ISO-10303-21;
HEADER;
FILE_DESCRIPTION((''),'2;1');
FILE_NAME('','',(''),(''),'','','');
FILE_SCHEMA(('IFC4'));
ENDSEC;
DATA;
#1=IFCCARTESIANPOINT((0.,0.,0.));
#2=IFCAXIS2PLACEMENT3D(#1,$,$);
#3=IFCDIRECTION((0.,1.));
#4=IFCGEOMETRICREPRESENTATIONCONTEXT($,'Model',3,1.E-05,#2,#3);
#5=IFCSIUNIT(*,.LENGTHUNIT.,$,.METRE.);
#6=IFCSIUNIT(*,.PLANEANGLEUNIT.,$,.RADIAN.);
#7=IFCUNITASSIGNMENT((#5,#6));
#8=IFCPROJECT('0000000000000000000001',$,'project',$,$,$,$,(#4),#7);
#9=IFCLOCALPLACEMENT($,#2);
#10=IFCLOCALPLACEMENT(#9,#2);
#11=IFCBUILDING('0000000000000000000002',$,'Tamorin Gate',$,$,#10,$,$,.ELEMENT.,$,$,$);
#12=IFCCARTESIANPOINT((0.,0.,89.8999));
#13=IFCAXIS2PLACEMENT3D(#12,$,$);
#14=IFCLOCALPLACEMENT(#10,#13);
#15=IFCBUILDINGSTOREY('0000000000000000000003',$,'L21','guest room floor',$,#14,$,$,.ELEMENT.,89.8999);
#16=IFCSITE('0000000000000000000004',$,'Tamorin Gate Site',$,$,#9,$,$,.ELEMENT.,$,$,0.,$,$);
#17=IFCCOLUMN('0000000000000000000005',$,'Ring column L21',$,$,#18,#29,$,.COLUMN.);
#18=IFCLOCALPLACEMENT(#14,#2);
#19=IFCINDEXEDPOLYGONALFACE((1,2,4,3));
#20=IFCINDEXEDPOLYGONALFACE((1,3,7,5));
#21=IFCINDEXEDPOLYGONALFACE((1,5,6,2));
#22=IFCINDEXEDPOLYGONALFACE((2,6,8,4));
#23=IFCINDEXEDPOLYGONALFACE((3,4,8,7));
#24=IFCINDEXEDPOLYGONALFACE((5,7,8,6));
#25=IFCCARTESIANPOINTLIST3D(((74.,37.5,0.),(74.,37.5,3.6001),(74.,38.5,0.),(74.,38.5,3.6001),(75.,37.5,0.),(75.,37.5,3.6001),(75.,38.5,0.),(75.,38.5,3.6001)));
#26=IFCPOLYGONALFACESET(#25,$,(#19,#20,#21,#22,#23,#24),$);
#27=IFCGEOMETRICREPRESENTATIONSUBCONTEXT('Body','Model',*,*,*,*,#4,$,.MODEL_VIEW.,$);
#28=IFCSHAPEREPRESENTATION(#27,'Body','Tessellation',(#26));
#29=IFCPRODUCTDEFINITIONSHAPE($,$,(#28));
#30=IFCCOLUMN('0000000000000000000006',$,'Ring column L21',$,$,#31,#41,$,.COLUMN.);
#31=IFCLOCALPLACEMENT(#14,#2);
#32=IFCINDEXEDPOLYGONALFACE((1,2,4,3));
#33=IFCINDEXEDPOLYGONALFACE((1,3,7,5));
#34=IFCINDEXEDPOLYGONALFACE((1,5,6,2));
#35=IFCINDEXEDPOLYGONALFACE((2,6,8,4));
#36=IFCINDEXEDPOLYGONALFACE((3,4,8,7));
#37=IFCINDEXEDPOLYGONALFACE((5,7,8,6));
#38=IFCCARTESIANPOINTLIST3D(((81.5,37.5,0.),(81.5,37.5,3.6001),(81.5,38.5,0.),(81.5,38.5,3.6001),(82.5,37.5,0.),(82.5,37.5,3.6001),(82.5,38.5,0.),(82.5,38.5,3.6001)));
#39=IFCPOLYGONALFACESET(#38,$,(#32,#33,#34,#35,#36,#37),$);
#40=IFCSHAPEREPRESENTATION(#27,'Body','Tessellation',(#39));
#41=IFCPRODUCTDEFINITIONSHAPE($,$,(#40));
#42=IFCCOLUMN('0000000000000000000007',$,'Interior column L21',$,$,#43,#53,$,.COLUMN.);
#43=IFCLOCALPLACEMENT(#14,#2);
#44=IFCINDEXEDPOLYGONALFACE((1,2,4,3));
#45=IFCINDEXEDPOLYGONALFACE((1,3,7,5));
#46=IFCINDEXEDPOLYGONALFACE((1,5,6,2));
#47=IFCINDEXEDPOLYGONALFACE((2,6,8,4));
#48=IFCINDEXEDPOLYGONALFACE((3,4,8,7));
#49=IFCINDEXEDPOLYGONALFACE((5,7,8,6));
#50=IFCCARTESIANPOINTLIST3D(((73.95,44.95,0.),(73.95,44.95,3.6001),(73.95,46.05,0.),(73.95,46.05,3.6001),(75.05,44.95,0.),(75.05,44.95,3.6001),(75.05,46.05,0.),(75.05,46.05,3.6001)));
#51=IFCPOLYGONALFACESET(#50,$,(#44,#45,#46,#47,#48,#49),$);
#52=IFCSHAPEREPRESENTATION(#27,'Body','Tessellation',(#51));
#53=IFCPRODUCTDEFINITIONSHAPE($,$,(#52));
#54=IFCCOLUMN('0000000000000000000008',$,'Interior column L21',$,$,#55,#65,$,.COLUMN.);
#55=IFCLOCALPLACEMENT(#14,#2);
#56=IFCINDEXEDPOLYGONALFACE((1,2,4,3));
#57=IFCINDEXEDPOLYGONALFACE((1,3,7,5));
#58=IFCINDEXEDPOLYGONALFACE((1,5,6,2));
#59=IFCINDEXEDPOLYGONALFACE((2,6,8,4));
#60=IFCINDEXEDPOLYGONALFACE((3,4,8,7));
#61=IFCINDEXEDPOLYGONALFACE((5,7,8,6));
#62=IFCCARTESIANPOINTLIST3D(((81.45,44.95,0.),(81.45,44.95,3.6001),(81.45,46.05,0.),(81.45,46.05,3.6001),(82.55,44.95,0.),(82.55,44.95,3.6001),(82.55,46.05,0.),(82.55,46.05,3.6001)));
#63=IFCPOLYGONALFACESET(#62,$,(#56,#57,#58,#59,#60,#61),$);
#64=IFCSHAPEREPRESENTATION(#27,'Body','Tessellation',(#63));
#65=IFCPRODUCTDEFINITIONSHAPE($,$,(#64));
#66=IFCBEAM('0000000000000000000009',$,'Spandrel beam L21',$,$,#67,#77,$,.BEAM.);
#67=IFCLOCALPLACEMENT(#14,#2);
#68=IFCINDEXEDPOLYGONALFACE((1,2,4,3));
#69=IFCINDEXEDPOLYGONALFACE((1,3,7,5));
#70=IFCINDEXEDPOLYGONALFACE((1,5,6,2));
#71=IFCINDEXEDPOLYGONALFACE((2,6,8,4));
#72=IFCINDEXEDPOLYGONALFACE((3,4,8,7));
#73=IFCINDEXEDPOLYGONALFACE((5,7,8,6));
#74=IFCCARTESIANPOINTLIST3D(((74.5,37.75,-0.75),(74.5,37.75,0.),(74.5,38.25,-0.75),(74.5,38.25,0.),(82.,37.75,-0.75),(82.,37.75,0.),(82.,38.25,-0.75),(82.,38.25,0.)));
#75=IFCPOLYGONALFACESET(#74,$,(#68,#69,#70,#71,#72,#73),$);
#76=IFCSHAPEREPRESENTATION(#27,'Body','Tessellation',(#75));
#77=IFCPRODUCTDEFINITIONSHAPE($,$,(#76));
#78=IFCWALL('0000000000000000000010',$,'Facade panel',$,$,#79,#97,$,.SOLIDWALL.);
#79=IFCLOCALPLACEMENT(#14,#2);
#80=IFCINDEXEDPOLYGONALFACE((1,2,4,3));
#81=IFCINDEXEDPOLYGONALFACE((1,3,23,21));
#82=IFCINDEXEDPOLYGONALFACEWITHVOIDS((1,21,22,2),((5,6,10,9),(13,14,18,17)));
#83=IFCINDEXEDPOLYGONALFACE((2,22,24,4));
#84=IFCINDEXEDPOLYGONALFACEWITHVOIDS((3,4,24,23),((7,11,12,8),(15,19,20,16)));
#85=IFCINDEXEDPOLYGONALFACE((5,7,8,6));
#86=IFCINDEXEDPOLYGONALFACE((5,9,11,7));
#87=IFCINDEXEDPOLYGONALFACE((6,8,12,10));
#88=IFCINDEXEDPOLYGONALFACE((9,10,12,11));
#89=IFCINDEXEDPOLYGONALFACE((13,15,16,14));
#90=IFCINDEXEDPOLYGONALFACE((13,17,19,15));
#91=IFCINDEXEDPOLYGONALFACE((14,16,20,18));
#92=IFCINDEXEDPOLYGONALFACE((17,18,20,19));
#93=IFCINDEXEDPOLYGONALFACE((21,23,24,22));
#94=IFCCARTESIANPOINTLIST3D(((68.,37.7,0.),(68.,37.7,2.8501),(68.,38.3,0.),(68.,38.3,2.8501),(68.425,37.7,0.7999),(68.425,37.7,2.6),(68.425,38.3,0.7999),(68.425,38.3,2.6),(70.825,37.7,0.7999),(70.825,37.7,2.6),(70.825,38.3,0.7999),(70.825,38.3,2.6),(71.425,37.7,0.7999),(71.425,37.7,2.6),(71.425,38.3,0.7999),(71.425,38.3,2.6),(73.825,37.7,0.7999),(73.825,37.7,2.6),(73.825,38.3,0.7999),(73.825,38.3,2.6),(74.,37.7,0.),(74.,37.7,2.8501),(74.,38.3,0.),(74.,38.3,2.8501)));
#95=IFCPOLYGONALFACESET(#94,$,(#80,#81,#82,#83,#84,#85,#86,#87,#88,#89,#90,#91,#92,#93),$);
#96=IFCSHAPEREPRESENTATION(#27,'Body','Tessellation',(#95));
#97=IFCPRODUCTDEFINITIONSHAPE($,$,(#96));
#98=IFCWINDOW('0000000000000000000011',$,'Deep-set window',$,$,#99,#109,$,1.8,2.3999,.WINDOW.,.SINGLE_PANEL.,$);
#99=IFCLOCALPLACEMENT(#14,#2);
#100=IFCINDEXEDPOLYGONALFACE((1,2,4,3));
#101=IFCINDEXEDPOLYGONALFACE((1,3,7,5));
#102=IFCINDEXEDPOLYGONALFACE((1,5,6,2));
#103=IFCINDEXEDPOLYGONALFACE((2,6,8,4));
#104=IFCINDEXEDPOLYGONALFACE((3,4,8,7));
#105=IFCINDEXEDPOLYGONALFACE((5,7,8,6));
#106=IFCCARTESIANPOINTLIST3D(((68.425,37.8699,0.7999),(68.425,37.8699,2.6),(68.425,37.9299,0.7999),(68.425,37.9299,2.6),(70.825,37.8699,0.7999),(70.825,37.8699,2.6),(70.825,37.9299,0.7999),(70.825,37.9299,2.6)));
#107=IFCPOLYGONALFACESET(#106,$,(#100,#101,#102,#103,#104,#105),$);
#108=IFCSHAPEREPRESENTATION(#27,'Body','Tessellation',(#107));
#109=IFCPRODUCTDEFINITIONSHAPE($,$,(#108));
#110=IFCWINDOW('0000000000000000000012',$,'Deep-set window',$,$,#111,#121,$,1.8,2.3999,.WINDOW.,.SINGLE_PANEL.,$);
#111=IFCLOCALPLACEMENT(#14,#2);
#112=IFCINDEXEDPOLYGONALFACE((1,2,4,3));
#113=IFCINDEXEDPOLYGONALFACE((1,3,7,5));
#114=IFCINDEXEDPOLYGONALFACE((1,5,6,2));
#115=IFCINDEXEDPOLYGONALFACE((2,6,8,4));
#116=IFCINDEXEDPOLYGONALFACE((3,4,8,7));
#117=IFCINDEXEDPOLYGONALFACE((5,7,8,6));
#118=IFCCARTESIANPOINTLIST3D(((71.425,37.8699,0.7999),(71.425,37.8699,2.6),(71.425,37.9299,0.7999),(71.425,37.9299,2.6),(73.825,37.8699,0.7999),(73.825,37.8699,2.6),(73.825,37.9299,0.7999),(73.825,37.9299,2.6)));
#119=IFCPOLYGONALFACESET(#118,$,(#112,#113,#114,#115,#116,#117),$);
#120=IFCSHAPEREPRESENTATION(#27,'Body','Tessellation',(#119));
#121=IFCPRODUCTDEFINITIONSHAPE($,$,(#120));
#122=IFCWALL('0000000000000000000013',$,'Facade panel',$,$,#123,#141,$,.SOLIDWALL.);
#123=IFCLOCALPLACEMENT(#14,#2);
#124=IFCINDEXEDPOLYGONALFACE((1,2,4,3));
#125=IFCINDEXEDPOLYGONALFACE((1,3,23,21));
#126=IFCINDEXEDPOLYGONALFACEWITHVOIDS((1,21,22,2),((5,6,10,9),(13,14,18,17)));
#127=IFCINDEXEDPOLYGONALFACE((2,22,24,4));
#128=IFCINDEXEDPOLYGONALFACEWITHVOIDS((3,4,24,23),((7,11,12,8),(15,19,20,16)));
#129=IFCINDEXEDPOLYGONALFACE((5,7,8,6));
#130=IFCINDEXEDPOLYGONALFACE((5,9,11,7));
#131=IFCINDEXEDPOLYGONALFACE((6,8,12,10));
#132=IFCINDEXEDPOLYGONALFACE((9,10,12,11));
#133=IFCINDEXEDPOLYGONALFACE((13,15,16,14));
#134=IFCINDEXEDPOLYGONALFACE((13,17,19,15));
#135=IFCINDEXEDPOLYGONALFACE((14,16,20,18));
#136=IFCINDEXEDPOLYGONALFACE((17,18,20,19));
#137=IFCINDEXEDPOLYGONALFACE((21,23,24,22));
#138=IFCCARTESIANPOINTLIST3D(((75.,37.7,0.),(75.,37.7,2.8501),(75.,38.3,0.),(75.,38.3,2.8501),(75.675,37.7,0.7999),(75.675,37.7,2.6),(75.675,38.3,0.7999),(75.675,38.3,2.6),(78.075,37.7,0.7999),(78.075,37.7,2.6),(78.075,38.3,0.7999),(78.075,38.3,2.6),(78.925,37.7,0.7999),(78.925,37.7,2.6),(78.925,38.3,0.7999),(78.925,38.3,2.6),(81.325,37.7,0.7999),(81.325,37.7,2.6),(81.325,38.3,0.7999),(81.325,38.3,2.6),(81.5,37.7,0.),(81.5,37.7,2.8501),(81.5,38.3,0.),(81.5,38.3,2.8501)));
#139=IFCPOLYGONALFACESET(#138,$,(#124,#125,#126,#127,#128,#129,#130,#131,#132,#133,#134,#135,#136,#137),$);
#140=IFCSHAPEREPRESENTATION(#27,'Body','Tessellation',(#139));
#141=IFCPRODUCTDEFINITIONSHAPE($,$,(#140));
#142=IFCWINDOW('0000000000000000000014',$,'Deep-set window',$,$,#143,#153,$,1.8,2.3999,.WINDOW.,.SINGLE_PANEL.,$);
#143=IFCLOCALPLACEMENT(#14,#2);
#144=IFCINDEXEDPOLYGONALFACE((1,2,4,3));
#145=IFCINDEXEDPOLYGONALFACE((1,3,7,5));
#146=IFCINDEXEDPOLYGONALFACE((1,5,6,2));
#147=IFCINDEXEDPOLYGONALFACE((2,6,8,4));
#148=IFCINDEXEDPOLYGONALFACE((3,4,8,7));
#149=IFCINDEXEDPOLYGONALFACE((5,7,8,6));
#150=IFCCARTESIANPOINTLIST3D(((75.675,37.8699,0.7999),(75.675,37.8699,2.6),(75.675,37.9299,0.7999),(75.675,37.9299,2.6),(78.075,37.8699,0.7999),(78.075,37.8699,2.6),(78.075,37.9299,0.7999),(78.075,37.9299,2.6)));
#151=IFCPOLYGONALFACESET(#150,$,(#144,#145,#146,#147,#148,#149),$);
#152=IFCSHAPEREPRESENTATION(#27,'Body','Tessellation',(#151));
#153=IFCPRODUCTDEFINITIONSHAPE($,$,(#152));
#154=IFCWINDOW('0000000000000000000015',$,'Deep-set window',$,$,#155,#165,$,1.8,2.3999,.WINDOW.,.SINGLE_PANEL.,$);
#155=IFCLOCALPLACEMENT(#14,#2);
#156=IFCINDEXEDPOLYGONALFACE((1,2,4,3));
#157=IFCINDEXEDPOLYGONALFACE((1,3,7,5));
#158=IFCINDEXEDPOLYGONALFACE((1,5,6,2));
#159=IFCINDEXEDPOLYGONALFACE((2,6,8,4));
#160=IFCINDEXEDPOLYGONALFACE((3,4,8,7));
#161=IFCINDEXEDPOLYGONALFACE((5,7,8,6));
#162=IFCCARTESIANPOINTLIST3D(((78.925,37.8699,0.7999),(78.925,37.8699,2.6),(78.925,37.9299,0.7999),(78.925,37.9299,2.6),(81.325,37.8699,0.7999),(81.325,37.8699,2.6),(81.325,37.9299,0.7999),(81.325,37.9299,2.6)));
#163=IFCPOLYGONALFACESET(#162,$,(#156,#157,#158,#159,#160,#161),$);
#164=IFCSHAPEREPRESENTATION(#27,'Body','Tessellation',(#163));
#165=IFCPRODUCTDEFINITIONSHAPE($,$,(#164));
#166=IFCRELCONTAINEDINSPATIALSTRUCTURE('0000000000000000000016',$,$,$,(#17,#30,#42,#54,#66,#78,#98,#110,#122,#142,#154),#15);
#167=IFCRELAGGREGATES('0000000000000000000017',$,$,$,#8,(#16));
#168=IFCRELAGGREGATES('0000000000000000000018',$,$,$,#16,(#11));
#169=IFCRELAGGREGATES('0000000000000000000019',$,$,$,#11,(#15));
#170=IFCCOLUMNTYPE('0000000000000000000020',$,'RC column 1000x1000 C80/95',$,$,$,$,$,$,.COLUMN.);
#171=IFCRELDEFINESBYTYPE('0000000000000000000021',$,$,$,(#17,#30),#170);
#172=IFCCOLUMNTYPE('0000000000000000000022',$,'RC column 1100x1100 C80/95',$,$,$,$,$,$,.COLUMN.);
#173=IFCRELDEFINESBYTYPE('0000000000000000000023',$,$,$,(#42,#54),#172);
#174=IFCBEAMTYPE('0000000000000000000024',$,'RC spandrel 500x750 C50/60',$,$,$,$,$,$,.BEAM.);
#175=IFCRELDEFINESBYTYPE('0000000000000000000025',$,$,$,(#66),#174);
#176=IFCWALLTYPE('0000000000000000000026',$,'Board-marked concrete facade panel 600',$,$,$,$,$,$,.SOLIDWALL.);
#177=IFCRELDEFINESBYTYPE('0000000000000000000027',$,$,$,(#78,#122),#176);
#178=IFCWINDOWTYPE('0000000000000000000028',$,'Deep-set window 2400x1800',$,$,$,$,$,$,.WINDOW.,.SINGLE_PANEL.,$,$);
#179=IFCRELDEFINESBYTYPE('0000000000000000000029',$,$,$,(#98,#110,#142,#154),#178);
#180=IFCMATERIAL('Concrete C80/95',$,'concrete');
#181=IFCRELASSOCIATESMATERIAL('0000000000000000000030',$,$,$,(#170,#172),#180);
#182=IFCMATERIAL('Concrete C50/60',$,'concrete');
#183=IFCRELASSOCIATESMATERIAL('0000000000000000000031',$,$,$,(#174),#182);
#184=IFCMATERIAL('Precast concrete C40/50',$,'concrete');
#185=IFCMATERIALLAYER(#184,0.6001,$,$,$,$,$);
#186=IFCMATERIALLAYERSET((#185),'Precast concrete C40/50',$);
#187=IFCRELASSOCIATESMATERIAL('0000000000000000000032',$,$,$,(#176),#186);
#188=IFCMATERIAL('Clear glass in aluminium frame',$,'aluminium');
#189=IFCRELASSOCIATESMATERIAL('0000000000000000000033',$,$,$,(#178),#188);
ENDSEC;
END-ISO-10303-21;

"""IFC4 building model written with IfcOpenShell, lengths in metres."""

from ifc_helpers import new_model, si_unit, direction, frame, frame_2d, origin, origin_2d, place, context, subcontext, project, spatial, rectangle, extrude, material, layer, layer_set, material_profile, profile_set, type_object, element, fill, save


model = new_model("IFC4")

# Units and contexts
model_context = context("Model", 3, precision=1e-05, world=origin(), true_north=direction((0.0, 1.0)))
body_context = subcontext(model_context, "Body", "Model", "MODEL_VIEW")
ifc_project = project(units=[si_unit("LENGTHUNIT", "METRE"), si_unit("PLANEANGLEUNIT", "RADIAN")], contexts=[model_context])

# Site, building, storey
site_placement = place(None, origin())
site = spatial("IfcSite", under=ifc_project, at=site_placement, Name="Tamorin Gate Site", CompositionType="ELEMENT", RefElevation=0.0)
building_placement = place(site_placement, origin())
building = spatial("IfcBuilding", under=site, at=building_placement, Name="Tamorin Gate", CompositionType="ELEMENT")
storey_placement = place(building_placement, frame((0.0, 0.0, 89.8999)))
storey = spatial("IfcBuildingStorey", under=building, at=storey_placement, Name="L21", Description="guest room floor", CompositionType="ELEMENT", Elevation=89.8999)

# Columns
ifc_material_1 = material(Name="Concrete C80/95", Category="concrete")
ifc_material_profile_1 = material_profile(ifc_material_1, rectangle(XDim=1.0, YDim=1.0, at=origin_2d()), Name="RC 1000x1000")
ifc_profile_set_1 = profile_set([ifc_material_profile_1], Name="Concrete C80/95")
column_type_1 = type_object("IfcColumnType", Name="RC column 1000x1000 C80/95", PredefinedType="COLUMN", material=ifc_profile_set_1)
for number, where, z_axis, x_axis, name in (
    (1, (74.5, 38.0, 0.0), (0.0, 0.0, 1.0), (1.0, 0.0, 0.0), "Ring column L21"),
    (2, (82.0, 38.0, 0.0), (0.0, 0.0, 1.0), (1.0, 0.0, 0.0), "Ring column L21"),
):
    element("IfcColumn", number, at=place(storey_placement, frame(where, z_axis=z_axis, x_axis=x_axis)), inside=storey, type_object=column_type_1, Name=name, PredefinedType="COLUMN", context=body_context, shape_type="SweptSolid", body=[
        extrude(rectangle(XDim=1.0, YDim=1.0, at=origin_2d()), origin(), (0.0, 0.0, 1.0), 3.6001),
    ])
ifc_material_profile_2 = material_profile(ifc_material_1, rectangle(XDim=1.1001, YDim=1.1001, at=origin_2d()), Name="RC 1100x1100")
ifc_profile_set_2 = profile_set([ifc_material_profile_2], Name="Concrete C80/95")
column_type_2 = type_object("IfcColumnType", Name="RC column 1100x1100 C80/95", PredefinedType="COLUMN", material=ifc_profile_set_2)
for number, where, z_axis, x_axis, name in (
    (3, (74.5, 45.5, 0.0), (0.0, 0.0, 1.0), (1.0, 0.0, 0.0), "Interior column L21"),
    (4, (82.0, 45.5, 0.0), (0.0, 0.0, 1.0), (1.0, 0.0, 0.0), "Interior column L21"),
):
    element("IfcColumn", number, at=place(storey_placement, frame(where, z_axis=z_axis, x_axis=x_axis)), inside=storey, type_object=column_type_2, Name=name, PredefinedType="COLUMN", context=body_context, shape_type="SweptSolid", body=[
        extrude(rectangle(XDim=1.1001, YDim=1.1001, at=origin_2d()), origin(), (0.0, 0.0, 1.0), 3.6001),
    ])

# Beam
ifc_material_2 = material(Name="Concrete C50/60", Category="concrete")
ifc_material_profile_3 = material_profile(ifc_material_2, rectangle(XDim=0.5, YDim=0.75, at=origin_2d()), Name="RC 500x750")
ifc_profile_set_3 = profile_set([ifc_material_profile_3], Name="Concrete C50/60")
beam_type = type_object("IfcBeamType", Name="RC spandrel 500x750 C50/60", PredefinedType="BEAM", material=ifc_profile_set_3)
beam_placement = place(storey_placement, frame((74.5, 38.0, -0.375), z_axis=(1.0, 0.0, 0.0), x_axis=(0.0, 1.0, 0.0)))
element("IfcBeam", 5, at=beam_placement, inside=storey, type_object=beam_type, Name="Spandrel beam L21", PredefinedType="BEAM", context=body_context, shape_type="SweptSolid", body=[
    extrude(rectangle(XDim=0.5, YDim=0.75, at=origin_2d()), origin(), (0.0, 0.0, 1.0), 7.5),
])

# Walls, openings, windows
ifc_material_3 = material(Name="Precast concrete C40/50", Category="concrete")
ifc_layer_1 = layer(ifc_material_3, 0.6001)
ifc_layer_set_1 = layer_set([ifc_layer_1], Name="Precast concrete C40/50")
wall_type_1 = type_object("IfcWallType", Name="Board-marked concrete facade panel 600", PredefinedType="SOLIDWALL", material=ifc_layer_set_1)
wall_1_placement = place(storey_placement, frame((68.0, 38.0, 0.0), z_axis=(0.0, 0.0, 1.0), x_axis=(1.0, 0.0, 0.0)))
wall_1 = element("IfcWall", 6, at=wall_1_placement, inside=storey, type_object=wall_type_1, Name="Facade panel", PredefinedType="SOLIDWALL", context=body_context, shape_type="SweptSolid", body=[
    extrude(rectangle(XDim=6.0, YDim=0.6001, at=frame_2d((3.0, 0.0))), origin(), (0.0, 0.0, 1.0), 2.8501),
])
opening_1_placement = place(wall_1_placement, frame((0.425, 0.0, 0.8)))
opening_1 = element("IfcOpeningElement", 7, at=opening_1_placement, cuts=wall_1, PredefinedType="OPENING", context=body_context, shape_type="SweptSolid", body=[
    extrude(rectangle(XDim=2.3999, YDim=1.8, at=frame_2d((1.2, 0.8999))), frame((0.0, 0.3101, 0.0), z_axis=(0.0, -1.0, 0.0), x_axis=(1.0, 0.0, 0.0)), (0.0, 0.0, 1.0), 0.6201),
])
opening_2_placement = place(wall_1_placement, frame((3.425, 0.0, 0.8)))
opening_2 = element("IfcOpeningElement", 8, at=opening_2_placement, cuts=wall_1, PredefinedType="OPENING", context=body_context, shape_type="SweptSolid", body=[
    extrude(rectangle(XDim=2.3999, YDim=1.8, at=frame_2d((1.2, 0.8999))), frame((0.0, 0.3101, 0.0), z_axis=(0.0, -1.0, 0.0), x_axis=(1.0, 0.0, 0.0)), (0.0, 0.0, 1.0), 0.6201),
])
ifc_material_4 = material(Name="Clear glass in aluminium frame", Category="aluminium")
window_type = type_object("IfcWindowType", Name="Deep-set window 2400x1800", PartitioningType="SINGLE_PANEL", PredefinedType="WINDOW", material=ifc_material_4)
window_1_placement = place(opening_1_placement, origin())
window_1 = element("IfcWindow", 9, at=window_1_placement, inside=storey, type_object=window_type, Name="Deep-set window", OverallHeight=1.8, OverallWidth=2.3999, PartitioningType="SINGLE_PANEL", PredefinedType="WINDOW", context=body_context, shape_type="SweptSolid", body=[
    extrude(rectangle(XDim=2.3999, YDim=1.8, at=frame_2d((1.2, 0.8999))), frame((0.0, -0.0701, 0.0), z_axis=(0.0, -1.0, 0.0), x_axis=(1.0, 0.0, 0.0)), (0.0, 0.0, 1.0), 0.0601),
])
fill(opening_1, window_1)
window_2_placement = place(opening_2_placement, origin())
window_2 = element("IfcWindow", 10, at=window_2_placement, inside=storey, type_object=window_type, Name="Deep-set window", OverallHeight=1.8, OverallWidth=2.3999, PartitioningType="SINGLE_PANEL", PredefinedType="WINDOW", context=body_context, shape_type="SweptSolid", body=[
    extrude(rectangle(XDim=2.3999, YDim=1.8, at=frame_2d((1.2, 0.8999))), frame((0.0, -0.0701, 0.0), z_axis=(0.0, -1.0, 0.0), x_axis=(1.0, 0.0, 0.0)), (0.0, 0.0, 1.0), 0.0601),
])
fill(opening_2, window_2)
wall_2_placement = place(storey_placement, frame((75.0, 38.0, 0.0), z_axis=(0.0, 0.0, 1.0), x_axis=(1.0, 0.0, 0.0)))
wall_2 = element("IfcWall", 11, at=wall_2_placement, inside=storey, type_object=wall_type_1, Name="Facade panel", PredefinedType="SOLIDWALL", context=body_context, shape_type="SweptSolid", body=[
    extrude(rectangle(XDim=6.5, YDim=0.6001, at=frame_2d((3.25, 0.0))), origin(), (0.0, 0.0, 1.0), 2.8501),
])
opening_3_placement = place(wall_2_placement, frame((0.675, 0.0, 0.8)))
opening_3 = element("IfcOpeningElement", 12, at=opening_3_placement, cuts=wall_2, PredefinedType="OPENING", context=body_context, shape_type="SweptSolid", body=[
    extrude(rectangle(XDim=2.3999, YDim=1.8, at=frame_2d((1.2, 0.8999))), frame((0.0, 0.3101, 0.0), z_axis=(0.0, -1.0, 0.0), x_axis=(1.0, 0.0, 0.0)), (0.0, 0.0, 1.0), 0.6201),
])
opening_4_placement = place(wall_2_placement, frame((3.925, 0.0, 0.8)))
opening_4 = element("IfcOpeningElement", 13, at=opening_4_placement, cuts=wall_2, PredefinedType="OPENING", context=body_context, shape_type="SweptSolid", body=[
    extrude(rectangle(XDim=2.3999, YDim=1.8, at=frame_2d((1.2, 0.8999))), frame((0.0, 0.3101, 0.0), z_axis=(0.0, -1.0, 0.0), x_axis=(1.0, 0.0, 0.0)), (0.0, 0.0, 1.0), 0.6201),
])
window_3_placement = place(opening_3_placement, origin())
window_3 = element("IfcWindow", 14, at=window_3_placement, inside=storey, type_object=window_type, Name="Deep-set window", OverallHeight=1.8, OverallWidth=2.3999, PartitioningType="SINGLE_PANEL", PredefinedType="WINDOW", context=body_context, shape_type="SweptSolid", body=[
    extrude(rectangle(XDim=2.3999, YDim=1.8, at=frame_2d((1.2, 0.8999))), frame((0.0, -0.0701, 0.0), z_axis=(0.0, -1.0, 0.0), x_axis=(1.0, 0.0, 0.0)), (0.0, 0.0, 1.0), 0.0601),
])
fill(opening_3, window_3)
window_4_placement = place(opening_4_placement, origin())
window_4 = element("IfcWindow", 15, at=window_4_placement, inside=storey, type_object=window_type, Name="Deep-set window", OverallHeight=1.8, OverallWidth=2.3999, PartitioningType="SINGLE_PANEL", PredefinedType="WINDOW", context=body_context, shape_type="SweptSolid", body=[
    extrude(rectangle(XDim=2.3999, YDim=1.8, at=frame_2d((1.2, 0.8999))), frame((0.0, -0.0701, 0.0), z_axis=(0.0, -1.0, 0.0), x_axis=(1.0, 0.0, 0.0)), (0.0, 0.0, 1.0), 0.0601),
])
fill(opening_4, window_4)

save(model, "model.ifc")
